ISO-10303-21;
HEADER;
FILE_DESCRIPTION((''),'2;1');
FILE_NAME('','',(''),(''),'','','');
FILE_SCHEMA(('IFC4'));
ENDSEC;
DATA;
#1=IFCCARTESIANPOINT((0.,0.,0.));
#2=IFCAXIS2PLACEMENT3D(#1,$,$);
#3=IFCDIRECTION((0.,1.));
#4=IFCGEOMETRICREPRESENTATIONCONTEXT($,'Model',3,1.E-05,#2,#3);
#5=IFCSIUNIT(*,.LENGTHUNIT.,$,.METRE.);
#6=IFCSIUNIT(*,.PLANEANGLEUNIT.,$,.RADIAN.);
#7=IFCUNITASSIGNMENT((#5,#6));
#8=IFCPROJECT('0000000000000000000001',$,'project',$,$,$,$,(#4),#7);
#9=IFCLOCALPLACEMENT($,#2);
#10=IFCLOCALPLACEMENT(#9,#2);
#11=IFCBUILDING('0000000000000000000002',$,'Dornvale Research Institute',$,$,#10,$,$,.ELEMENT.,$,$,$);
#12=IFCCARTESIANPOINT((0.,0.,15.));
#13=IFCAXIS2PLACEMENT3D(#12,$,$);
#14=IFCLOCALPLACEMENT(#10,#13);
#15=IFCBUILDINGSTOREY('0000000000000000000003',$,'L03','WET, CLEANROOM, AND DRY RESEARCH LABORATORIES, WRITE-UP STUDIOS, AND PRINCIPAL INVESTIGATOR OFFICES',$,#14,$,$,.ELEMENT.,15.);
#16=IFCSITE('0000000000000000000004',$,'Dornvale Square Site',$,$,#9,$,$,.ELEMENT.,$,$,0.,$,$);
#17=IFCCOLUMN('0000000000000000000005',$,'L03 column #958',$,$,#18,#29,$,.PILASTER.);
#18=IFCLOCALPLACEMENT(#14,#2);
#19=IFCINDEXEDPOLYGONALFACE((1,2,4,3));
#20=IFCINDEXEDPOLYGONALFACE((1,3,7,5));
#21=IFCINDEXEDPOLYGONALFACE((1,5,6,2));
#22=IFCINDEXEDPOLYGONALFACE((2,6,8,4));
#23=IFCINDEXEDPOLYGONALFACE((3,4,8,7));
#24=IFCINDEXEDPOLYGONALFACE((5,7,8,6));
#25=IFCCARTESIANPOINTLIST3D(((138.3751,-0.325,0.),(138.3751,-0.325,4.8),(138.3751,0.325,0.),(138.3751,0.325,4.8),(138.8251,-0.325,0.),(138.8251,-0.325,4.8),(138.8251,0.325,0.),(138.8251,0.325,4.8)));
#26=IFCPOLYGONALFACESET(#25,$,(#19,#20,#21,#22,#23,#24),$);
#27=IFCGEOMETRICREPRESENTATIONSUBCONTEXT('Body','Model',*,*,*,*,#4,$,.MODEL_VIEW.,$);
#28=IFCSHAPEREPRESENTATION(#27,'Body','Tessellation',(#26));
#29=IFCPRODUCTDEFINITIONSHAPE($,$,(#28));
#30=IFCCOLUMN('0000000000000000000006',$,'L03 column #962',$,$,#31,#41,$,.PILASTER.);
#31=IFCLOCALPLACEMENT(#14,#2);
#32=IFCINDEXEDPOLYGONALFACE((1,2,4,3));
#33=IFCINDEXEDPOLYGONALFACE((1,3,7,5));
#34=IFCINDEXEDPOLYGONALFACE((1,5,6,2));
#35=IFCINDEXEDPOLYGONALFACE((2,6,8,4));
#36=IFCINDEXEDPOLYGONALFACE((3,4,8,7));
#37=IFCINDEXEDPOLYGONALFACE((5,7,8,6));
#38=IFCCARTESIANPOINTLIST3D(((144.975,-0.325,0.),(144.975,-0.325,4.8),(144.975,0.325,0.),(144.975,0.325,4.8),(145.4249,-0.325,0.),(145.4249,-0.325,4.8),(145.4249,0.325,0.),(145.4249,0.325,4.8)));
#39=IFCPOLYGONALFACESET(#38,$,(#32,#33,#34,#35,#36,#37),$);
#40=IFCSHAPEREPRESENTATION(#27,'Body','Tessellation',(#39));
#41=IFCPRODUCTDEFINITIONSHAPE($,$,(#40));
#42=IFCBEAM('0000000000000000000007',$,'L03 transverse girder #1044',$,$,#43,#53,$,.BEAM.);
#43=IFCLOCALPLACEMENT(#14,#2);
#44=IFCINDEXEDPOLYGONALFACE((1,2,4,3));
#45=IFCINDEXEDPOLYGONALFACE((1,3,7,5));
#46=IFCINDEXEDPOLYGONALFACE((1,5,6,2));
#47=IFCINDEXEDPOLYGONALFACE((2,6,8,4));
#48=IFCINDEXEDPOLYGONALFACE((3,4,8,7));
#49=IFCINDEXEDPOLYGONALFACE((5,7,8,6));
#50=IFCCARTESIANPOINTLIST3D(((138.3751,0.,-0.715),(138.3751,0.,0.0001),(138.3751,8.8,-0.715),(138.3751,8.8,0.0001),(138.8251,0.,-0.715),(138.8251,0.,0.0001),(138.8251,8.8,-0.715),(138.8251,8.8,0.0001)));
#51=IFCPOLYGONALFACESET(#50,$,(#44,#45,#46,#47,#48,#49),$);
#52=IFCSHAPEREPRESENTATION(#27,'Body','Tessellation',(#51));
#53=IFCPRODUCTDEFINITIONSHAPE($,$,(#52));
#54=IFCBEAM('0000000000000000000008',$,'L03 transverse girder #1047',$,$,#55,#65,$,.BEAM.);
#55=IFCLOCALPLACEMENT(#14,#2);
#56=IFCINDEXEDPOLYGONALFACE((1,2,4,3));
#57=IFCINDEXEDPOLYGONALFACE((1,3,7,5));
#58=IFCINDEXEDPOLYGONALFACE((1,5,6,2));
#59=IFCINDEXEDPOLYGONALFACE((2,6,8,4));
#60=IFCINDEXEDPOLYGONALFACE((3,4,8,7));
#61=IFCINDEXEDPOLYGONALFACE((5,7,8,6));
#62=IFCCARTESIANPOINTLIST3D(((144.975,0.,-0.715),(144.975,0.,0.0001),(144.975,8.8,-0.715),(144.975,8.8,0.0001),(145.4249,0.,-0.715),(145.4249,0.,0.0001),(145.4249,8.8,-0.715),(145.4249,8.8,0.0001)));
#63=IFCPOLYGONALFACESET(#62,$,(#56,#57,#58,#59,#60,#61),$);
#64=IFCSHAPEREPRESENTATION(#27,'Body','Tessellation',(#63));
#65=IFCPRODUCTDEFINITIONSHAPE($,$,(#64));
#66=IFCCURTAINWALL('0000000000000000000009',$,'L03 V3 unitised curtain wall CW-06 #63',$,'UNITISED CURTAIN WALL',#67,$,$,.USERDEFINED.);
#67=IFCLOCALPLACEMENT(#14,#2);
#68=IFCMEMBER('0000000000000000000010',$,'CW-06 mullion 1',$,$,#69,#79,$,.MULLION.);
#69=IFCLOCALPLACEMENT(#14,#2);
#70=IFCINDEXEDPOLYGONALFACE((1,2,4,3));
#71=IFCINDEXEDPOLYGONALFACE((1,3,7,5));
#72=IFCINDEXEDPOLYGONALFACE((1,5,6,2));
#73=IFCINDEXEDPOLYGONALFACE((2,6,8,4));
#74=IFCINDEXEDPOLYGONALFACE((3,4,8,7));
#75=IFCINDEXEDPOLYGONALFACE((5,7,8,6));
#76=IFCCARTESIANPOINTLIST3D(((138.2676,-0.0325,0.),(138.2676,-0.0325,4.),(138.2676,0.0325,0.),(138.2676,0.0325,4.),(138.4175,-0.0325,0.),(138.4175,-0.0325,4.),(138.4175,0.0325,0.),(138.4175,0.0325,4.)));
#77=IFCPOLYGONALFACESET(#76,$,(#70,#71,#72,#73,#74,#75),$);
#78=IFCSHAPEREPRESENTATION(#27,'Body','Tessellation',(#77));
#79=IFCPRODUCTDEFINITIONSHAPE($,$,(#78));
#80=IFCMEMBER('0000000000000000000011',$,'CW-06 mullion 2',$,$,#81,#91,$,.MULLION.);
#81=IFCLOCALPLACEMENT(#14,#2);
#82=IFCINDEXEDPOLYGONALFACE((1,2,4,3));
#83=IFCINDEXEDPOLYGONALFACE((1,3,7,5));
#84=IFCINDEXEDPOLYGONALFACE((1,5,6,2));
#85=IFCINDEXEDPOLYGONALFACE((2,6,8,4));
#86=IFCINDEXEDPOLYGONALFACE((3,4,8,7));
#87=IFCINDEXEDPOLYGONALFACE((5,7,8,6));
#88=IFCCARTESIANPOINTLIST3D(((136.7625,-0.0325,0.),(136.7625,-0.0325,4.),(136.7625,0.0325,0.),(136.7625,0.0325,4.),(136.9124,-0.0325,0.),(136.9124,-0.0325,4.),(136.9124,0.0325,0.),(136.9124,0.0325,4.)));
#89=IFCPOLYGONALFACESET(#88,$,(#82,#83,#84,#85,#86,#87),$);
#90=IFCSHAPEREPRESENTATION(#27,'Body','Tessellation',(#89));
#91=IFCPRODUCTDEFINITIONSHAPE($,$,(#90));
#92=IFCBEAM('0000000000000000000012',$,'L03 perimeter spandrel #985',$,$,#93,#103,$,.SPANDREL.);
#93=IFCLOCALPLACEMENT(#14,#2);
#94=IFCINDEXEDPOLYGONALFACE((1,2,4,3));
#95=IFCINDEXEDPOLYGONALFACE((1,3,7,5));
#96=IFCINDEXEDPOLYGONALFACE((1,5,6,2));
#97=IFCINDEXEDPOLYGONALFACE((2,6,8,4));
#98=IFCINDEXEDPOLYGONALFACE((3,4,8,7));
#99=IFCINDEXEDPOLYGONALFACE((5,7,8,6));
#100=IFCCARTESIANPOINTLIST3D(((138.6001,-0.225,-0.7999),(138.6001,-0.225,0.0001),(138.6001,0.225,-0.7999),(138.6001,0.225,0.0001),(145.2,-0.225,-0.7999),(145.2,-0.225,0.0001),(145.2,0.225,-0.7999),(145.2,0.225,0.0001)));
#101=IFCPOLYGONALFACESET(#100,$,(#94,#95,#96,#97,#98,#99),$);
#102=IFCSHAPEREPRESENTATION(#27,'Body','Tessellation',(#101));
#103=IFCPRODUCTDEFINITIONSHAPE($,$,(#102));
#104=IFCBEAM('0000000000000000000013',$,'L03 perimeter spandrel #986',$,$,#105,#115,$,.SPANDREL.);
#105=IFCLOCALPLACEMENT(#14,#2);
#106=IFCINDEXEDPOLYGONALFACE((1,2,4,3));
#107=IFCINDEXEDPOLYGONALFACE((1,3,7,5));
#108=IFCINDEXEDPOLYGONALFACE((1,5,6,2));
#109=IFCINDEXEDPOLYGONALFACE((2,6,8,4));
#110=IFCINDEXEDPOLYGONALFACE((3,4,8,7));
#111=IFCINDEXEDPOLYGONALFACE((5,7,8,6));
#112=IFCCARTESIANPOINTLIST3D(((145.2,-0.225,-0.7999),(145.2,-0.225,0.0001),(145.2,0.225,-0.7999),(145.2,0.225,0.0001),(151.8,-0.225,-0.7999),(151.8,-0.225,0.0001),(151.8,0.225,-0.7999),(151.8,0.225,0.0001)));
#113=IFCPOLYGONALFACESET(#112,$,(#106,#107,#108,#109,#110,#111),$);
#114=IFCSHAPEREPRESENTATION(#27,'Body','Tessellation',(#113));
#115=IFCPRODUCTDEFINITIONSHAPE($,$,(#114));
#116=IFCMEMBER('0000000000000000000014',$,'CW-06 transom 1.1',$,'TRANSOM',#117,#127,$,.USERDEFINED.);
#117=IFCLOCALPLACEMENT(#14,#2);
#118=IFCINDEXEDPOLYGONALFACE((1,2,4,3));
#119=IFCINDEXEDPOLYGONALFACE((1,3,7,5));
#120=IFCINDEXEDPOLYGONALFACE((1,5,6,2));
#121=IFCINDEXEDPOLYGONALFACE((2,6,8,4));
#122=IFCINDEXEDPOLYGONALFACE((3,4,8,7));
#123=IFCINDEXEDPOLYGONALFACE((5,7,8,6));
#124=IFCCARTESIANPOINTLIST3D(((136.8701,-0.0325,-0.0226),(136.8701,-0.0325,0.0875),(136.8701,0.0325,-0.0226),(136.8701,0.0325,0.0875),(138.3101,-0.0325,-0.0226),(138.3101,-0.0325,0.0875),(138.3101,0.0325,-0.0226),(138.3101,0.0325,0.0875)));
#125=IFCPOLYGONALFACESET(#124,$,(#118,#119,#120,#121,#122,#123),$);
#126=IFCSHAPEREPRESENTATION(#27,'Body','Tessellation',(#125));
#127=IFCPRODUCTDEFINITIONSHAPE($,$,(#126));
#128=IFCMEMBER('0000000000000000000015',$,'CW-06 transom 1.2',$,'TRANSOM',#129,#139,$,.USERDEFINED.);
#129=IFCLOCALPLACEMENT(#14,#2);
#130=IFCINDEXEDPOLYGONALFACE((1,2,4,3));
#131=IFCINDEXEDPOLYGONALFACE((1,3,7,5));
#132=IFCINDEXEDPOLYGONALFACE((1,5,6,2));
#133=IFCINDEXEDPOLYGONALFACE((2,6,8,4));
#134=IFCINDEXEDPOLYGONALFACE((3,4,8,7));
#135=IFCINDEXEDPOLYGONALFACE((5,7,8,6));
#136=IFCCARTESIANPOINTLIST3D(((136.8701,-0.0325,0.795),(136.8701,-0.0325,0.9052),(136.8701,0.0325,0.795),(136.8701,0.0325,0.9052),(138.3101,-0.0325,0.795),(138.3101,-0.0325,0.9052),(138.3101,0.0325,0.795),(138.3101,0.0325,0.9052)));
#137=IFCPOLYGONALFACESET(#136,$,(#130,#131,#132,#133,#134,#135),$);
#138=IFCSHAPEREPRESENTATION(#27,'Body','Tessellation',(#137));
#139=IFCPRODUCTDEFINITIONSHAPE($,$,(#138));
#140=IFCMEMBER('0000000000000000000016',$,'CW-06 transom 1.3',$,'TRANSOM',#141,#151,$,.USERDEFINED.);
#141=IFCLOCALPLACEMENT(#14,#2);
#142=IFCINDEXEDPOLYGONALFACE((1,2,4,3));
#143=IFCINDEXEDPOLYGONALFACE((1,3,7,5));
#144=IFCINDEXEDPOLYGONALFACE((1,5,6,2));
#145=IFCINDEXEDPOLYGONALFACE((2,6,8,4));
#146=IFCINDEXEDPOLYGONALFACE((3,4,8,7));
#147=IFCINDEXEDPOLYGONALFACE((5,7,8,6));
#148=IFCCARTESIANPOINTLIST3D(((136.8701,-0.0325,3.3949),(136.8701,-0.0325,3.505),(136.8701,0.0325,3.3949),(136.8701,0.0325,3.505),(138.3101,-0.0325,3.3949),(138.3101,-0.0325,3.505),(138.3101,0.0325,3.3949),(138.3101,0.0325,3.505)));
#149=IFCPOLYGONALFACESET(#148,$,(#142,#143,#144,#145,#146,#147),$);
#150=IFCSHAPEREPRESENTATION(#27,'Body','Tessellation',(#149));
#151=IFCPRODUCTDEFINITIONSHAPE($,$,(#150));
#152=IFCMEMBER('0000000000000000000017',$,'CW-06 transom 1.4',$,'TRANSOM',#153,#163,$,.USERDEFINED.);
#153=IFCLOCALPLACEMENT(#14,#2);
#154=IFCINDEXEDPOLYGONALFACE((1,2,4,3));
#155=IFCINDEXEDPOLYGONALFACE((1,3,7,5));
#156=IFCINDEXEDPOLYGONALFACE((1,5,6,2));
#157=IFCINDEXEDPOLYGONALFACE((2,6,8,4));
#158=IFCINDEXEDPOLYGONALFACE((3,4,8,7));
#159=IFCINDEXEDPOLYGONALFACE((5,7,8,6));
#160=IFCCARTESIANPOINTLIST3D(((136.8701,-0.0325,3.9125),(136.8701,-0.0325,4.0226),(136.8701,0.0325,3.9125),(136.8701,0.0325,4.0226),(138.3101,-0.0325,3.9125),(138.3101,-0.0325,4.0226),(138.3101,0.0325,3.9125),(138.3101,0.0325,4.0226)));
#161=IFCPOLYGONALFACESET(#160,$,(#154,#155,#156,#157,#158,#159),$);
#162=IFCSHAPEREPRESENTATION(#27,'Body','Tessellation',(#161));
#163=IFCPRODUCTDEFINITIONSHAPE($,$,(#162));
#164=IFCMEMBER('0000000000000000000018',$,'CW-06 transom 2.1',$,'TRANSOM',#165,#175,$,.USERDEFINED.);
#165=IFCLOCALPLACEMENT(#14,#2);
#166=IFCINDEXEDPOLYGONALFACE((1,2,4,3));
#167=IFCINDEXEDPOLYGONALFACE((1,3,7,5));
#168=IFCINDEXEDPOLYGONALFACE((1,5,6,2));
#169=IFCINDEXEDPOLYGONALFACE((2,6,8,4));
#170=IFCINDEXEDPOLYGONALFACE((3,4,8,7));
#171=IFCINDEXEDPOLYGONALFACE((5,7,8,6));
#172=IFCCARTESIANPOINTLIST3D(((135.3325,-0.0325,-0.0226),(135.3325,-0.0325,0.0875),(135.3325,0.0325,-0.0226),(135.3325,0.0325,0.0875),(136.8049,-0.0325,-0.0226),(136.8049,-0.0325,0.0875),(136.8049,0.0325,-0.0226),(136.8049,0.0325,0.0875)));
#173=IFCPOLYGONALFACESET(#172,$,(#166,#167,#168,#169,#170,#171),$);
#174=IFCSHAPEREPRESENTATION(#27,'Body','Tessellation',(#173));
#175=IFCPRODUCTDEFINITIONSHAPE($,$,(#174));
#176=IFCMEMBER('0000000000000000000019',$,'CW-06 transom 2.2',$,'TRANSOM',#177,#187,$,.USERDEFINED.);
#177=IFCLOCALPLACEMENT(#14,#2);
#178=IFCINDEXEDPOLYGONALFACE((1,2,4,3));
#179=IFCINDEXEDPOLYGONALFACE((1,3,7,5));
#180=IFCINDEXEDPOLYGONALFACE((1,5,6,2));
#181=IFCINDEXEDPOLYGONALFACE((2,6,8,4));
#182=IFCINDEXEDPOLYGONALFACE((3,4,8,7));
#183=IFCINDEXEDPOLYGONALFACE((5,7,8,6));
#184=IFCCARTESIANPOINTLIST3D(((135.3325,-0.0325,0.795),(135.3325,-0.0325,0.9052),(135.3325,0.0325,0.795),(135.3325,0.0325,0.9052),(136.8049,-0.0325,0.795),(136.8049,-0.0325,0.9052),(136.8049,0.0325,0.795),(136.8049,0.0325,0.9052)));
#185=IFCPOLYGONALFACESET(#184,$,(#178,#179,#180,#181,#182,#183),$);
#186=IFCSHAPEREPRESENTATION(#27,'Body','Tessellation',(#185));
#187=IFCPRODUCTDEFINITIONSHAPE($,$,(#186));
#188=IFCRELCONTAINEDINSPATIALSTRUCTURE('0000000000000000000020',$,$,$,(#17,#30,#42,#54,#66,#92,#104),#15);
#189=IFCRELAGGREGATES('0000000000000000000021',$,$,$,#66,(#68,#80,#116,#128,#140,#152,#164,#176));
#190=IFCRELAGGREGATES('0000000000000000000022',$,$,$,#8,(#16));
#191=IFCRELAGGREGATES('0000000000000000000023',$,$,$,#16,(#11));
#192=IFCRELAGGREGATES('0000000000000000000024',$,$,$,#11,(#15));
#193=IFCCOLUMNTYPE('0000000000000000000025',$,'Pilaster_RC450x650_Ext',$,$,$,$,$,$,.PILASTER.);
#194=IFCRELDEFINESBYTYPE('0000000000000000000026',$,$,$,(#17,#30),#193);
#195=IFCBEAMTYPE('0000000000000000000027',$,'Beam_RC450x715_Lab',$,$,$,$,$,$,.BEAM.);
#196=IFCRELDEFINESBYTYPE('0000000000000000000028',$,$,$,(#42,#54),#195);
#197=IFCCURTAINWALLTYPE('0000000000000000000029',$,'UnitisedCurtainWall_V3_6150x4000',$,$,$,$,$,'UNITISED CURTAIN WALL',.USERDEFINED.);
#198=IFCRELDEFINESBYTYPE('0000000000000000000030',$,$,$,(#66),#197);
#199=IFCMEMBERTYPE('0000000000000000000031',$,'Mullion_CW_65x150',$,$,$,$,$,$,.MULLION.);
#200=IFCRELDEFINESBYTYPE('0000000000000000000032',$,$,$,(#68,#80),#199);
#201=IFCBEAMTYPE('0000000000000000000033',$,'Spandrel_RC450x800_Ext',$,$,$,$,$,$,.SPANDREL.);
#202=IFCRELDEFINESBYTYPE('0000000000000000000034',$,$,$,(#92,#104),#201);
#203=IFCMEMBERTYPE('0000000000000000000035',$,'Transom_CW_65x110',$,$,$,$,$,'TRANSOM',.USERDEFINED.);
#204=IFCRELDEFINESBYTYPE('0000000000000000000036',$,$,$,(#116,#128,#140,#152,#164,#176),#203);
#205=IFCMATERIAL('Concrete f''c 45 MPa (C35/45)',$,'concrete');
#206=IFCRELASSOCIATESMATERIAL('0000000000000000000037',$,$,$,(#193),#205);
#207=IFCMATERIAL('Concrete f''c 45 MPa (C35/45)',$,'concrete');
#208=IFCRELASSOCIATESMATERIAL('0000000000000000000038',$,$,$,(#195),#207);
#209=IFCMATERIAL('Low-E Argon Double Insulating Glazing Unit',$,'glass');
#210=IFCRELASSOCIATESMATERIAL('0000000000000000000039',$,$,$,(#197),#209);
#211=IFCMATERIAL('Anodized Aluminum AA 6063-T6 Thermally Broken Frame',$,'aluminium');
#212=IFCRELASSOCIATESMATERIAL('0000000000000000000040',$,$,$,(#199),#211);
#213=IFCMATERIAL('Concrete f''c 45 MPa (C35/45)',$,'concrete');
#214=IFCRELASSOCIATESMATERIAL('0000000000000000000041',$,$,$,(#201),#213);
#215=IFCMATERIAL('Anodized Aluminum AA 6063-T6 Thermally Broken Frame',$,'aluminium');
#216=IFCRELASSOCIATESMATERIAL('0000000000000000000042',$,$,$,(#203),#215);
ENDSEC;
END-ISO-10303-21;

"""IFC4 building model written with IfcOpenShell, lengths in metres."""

from ifc_helpers import new_model, si_unit, direction, frame, origin, origin_2d, place, context, subcontext, project, spatial, rectangle, extrude, material, material_profile, profile_set, type_object, element, aggregate, save


model = new_model("IFC4")

# Units and contexts
model_context = context("Model", 3, precision=1e-05, world=origin(), true_north=direction((0.0, 1.0)))
body_context = subcontext(model_context, "Body", "Model", "MODEL_VIEW")
ifc_project = project(units=[si_unit("LENGTHUNIT", "METRE"), si_unit("PLANEANGLEUNIT", "RADIAN")], contexts=[model_context])

# Site, building, storey
site_placement = place(None, origin())
site = spatial("IfcSite", under=ifc_project, at=site_placement, Name="Dornvale Square Site", CompositionType="ELEMENT", RefElevation=0.0)
building_placement = place(site_placement, origin())
building = spatial("IfcBuilding", under=site, at=building_placement, Name="Dornvale Research Institute", CompositionType="ELEMENT")
storey_placement = place(building_placement, frame((0.0, 0.0, 15.0)))
storey = spatial("IfcBuildingStorey", under=building, at=storey_placement, Name="L03", Description="WET, CLEANROOM, AND DRY RESEARCH LABORATORIES, WRITE-UP STUDIOS, AND PRINCIPAL INVESTIGATOR OFFICES", CompositionType="ELEMENT", Elevation=15.0)

# Columns
ifc_material_1 = material(Name="Concrete f'c 45 MPa (C35/45)", Category="concrete")
ifc_material_profile_1 = material_profile(ifc_material_1, rectangle(XDim=0.45, YDim=0.6499, at=origin_2d()), Name="RC 450x650")
ifc_profile_set_1 = profile_set([ifc_material_profile_1], Name="Concrete f'c 45 MPa (C35/45)")
column_type = type_object("IfcColumnType", Name="Pilaster_RC450x650_Ext", PredefinedType="PILASTER", material=ifc_profile_set_1)
for number, where, z_axis, x_axis, name in (
    (1, (138.6001, 0.0, 0.0), (0.0, 0.0, 1.0), (1.0, 0.0, 0.0), "L03 column #958"),
    (2, (145.2, 0.0, 0.0), (0.0, 0.0, 1.0), (1.0, 0.0, 0.0), "L03 column #962"),
):
    element("IfcColumn", number, at=place(storey_placement, frame(where, z_axis=z_axis, x_axis=x_axis)), inside=storey, type_object=column_type, Name=name, PredefinedType="PILASTER", context=body_context, shape_type="SweptSolid", body=[
        extrude(rectangle(XDim=0.45, YDim=0.6499, at=origin_2d()), origin(), (0.0, 0.0, 1.0), 4.8),
    ])

# Beams
ifc_material_2 = material(Name="Concrete f'c 45 MPa (C35/45)", Category="concrete")
ifc_material_profile_2 = material_profile(ifc_material_2, rectangle(XDim=0.45, YDim=0.7151, at=origin_2d()), Name="RC 450x715")
ifc_profile_set_2 = profile_set([ifc_material_profile_2], Name="Concrete f'c 45 MPa (C35/45)")
beam_type_1 = type_object("IfcBeamType", Name="Beam_RC450x715_Lab", PredefinedType="BEAM", material=ifc_profile_set_2)
for number, where, z_axis, x_axis, name in (
    (3, (138.6001, 0.0, -0.3574), (0.0, 1.0, 0.0), (-1.0, 0.0, 0.0), "L03 transverse girder #1044"),
    (4, (145.2, 0.0, -0.3574), (0.0, 1.0, 0.0), (-1.0, 0.0, 0.0), "L03 transverse girder #1047"),
):
    element("IfcBeam", number, at=place(storey_placement, frame(where, z_axis=z_axis, x_axis=x_axis)), inside=storey, type_object=beam_type_1, Name=name, PredefinedType="BEAM", context=body_context, shape_type="SweptSolid", body=[
        extrude(rectangle(XDim=0.45, YDim=0.7151, at=origin_2d()), origin(), (0.0, 0.0, 1.0), 8.8),
    ])

# Curtain wall, members
ifc_material_3 = material(Name="Low-E Argon Double Insulating Glazing Unit", Category="glass")
curtain_wall_type = type_object("IfcCurtainWallType", Name="UnitisedCurtainWall_V3_6150x4000", ElementType="UNITISED CURTAIN WALL", PredefinedType="USERDEFINED", material=ifc_material_3)
curtain_wall_placement = place(storey_placement, origin())
curtain_wall = element("IfcCurtainWall", 5, at=curtain_wall_placement, inside=storey, type_object=curtain_wall_type, Name="L03 V3 unitised curtain wall CW-06 #63", ObjectType="UNITISED CURTAIN WALL", PredefinedType="USERDEFINED")
ifc_material_4 = material(Name="Anodized Aluminum AA 6063-T6 Thermally Broken Frame", Category="aluminium")
ifc_material_profile_3 = material_profile(ifc_material_4, rectangle(XDim=0.0649, YDim=0.1499, at=origin_2d()), Name="ALU MULLION 65x150")
ifc_profile_set_3 = profile_set([ifc_material_profile_3], Name="Anodized Aluminum AA 6063-T6 Thermally Broken Frame")
member_type_1 = type_object("IfcMemberType", Name="Mullion_CW_65x150", PredefinedType="MULLION", material=ifc_profile_set_3)
member_1_placement = place(storey_placement, frame((138.3425, 0.0, 0.0), z_axis=(0.0, 0.0, 1.0), x_axis=(0.0, -1.0, 0.0)))
member_1 = element("IfcMember", 6, at=member_1_placement, type_object=member_type_1, Name="CW-06 mullion 1", PredefinedType="MULLION", context=body_context, shape_type="SweptSolid", body=[
    extrude(rectangle(XDim=0.0649, YDim=0.1499, at=origin_2d()), origin(), (0.0, 0.0, 1.0), 4.0),
])
member_2_placement = place(storey_placement, frame((136.8374, 0.0, 0.0), z_axis=(0.0, 0.0, 1.0), x_axis=(0.0, -1.0, 0.0)))
member_2 = element("IfcMember", 7, at=member_2_placement, type_object=member_type_1, Name="CW-06 mullion 2", PredefinedType="MULLION", context=body_context, shape_type="SweptSolid", body=[
    extrude(rectangle(XDim=0.0649, YDim=0.1499, at=origin_2d()), origin(), (0.0, 0.0, 1.0), 4.0),
])

# Beams
ifc_material_5 = material(Name="Concrete f'c 45 MPa (C35/45)", Category="concrete")
ifc_material_profile_4 = material_profile(ifc_material_5, rectangle(XDim=0.45, YDim=0.8, at=origin_2d()), Name="RC 450x800")
ifc_profile_set_4 = profile_set([ifc_material_profile_4], Name="Concrete f'c 45 MPa (C35/45)")
beam_type_2 = type_object("IfcBeamType", Name="Spandrel_RC450x800_Ext", PredefinedType="SPANDREL", material=ifc_profile_set_4)
beam_1_placement = place(storey_placement, frame((138.6001, 0.0, -0.3999), z_axis=(1.0, 0.0, 0.0), x_axis=(0.0, 1.0, 0.0)))
element("IfcBeam", 8, at=beam_1_placement, inside=storey, type_object=beam_type_2, Name="L03 perimeter spandrel #985", PredefinedType="SPANDREL", context=body_context, shape_type="SweptSolid", body=[
    extrude(rectangle(XDim=0.45, YDim=0.8, at=origin_2d()), origin(), (0.0, 0.0, 1.0), 6.5999),
])
beam_2_placement = place(storey_placement, frame((145.2, 0.0, -0.3999), z_axis=(1.0, 0.0, 0.0), x_axis=(0.0, 1.0, 0.0)))
element("IfcBeam", 9, at=beam_2_placement, inside=storey, type_object=beam_type_2, Name="L03 perimeter spandrel #986", PredefinedType="SPANDREL", context=body_context, shape_type="SweptSolid", body=[
    extrude(rectangle(XDim=0.45, YDim=0.8, at=origin_2d()), origin(), (0.0, 0.0, 1.0), 6.6001),
])

# Members
ifc_material_6 = material(Name="Anodized Aluminum AA 6063-T6 Thermally Broken Frame", Category="aluminium")
ifc_material_profile_5 = material_profile(ifc_material_6, rectangle(XDim=0.0649, YDim=0.1101, at=origin_2d()), Name="ALU TRANSOM 65x110")
ifc_profile_set_5 = profile_set([ifc_material_profile_5], Name="Anodized Aluminum AA 6063-T6 Thermally Broken Frame")
member_type_2 = type_object("IfcMemberType", Name="Transom_CW_65x110", ElementType="TRANSOM", PredefinedType="USERDEFINED", material=ifc_profile_set_5)
member_3_placement = place(storey_placement, frame((138.3101, 0.0, 0.0325), z_axis=(-1.0, 0.0, 0.0), x_axis=(0.0, -1.0, 0.0)))
member_3 = element("IfcMember", 10, at=member_3_placement, type_object=member_type_2, Name="CW-06 transom 1.1", ObjectType="TRANSOM", PredefinedType="USERDEFINED", context=body_context, shape_type="SweptSolid", body=[
    extrude(rectangle(XDim=0.0649, YDim=0.1101, at=origin_2d()), origin(), (0.0, 0.0, 1.0), 1.4399),
])
member_4_placement = place(storey_placement, frame((138.3101, 0.0, 0.8501), z_axis=(-1.0, 0.0, 0.0), x_axis=(0.0, -1.0, 0.0)))
member_4 = element("IfcMember", 11, at=member_4_placement, type_object=member_type_2, Name="CW-06 transom 1.2", ObjectType="TRANSOM", PredefinedType="USERDEFINED", context=body_context, shape_type="SweptSolid", body=[
    extrude(rectangle(XDim=0.0649, YDim=0.1101, at=origin_2d()), origin(), (0.0, 0.0, 1.0), 1.4399),
])
member_5_placement = place(storey_placement, frame((138.3101, 0.0, 3.45), z_axis=(-1.0, 0.0, 0.0), x_axis=(0.0, -1.0, 0.0)))
member_5 = element("IfcMember", 12, at=member_5_placement, type_object=member_type_2, Name="CW-06 transom 1.3", ObjectType="TRANSOM", PredefinedType="USERDEFINED", context=body_context, shape_type="SweptSolid", body=[
    extrude(rectangle(XDim=0.0649, YDim=0.1101, at=origin_2d()), origin(), (0.0, 0.0, 1.0), 1.4399),
])
member_6_placement = place(storey_placement, frame((138.3101, 0.0, 3.9675), z_axis=(-1.0, 0.0, 0.0), x_axis=(0.0, -1.0, 0.0)))
member_6 = element("IfcMember", 13, at=member_6_placement, type_object=member_type_2, Name="CW-06 transom 1.4", ObjectType="TRANSOM", PredefinedType="USERDEFINED", context=body_context, shape_type="SweptSolid", body=[
    extrude(rectangle(XDim=0.0649, YDim=0.1101, at=origin_2d()), origin(), (0.0, 0.0, 1.0), 1.4399),
])
member_7_placement = place(storey_placement, frame((136.8049, 0.0, 0.0325), z_axis=(-1.0, 0.0, 0.0), x_axis=(0.0, -1.0, 0.0)))
member_7 = element("IfcMember", 14, at=member_7_placement, type_object=member_type_2, Name="CW-06 transom 2.1", ObjectType="TRANSOM", PredefinedType="USERDEFINED", context=body_context, shape_type="SweptSolid", body=[
    extrude(rectangle(XDim=0.0649, YDim=0.1101, at=origin_2d()), origin(), (0.0, 0.0, 1.0), 1.4724),
])
member_8_placement = place(storey_placement, frame((136.8049, 0.0, 0.8501), z_axis=(-1.0, 0.0, 0.0), x_axis=(0.0, -1.0, 0.0)))
member_8 = element("IfcMember", 15, at=member_8_placement, type_object=member_type_2, Name="CW-06 transom 2.2", ObjectType="TRANSOM", PredefinedType="USERDEFINED", context=body_context, shape_type="SweptSolid", body=[
    extrude(rectangle(XDim=0.0649, YDim=0.1101, at=origin_2d()), origin(), (0.0, 0.0, 1.0), 1.4724),
])

aggregate(curtain_wall, [member_1, member_2, member_3, member_4, member_5, member_6, member_7, member_8])

save(model, "model.ifc")
